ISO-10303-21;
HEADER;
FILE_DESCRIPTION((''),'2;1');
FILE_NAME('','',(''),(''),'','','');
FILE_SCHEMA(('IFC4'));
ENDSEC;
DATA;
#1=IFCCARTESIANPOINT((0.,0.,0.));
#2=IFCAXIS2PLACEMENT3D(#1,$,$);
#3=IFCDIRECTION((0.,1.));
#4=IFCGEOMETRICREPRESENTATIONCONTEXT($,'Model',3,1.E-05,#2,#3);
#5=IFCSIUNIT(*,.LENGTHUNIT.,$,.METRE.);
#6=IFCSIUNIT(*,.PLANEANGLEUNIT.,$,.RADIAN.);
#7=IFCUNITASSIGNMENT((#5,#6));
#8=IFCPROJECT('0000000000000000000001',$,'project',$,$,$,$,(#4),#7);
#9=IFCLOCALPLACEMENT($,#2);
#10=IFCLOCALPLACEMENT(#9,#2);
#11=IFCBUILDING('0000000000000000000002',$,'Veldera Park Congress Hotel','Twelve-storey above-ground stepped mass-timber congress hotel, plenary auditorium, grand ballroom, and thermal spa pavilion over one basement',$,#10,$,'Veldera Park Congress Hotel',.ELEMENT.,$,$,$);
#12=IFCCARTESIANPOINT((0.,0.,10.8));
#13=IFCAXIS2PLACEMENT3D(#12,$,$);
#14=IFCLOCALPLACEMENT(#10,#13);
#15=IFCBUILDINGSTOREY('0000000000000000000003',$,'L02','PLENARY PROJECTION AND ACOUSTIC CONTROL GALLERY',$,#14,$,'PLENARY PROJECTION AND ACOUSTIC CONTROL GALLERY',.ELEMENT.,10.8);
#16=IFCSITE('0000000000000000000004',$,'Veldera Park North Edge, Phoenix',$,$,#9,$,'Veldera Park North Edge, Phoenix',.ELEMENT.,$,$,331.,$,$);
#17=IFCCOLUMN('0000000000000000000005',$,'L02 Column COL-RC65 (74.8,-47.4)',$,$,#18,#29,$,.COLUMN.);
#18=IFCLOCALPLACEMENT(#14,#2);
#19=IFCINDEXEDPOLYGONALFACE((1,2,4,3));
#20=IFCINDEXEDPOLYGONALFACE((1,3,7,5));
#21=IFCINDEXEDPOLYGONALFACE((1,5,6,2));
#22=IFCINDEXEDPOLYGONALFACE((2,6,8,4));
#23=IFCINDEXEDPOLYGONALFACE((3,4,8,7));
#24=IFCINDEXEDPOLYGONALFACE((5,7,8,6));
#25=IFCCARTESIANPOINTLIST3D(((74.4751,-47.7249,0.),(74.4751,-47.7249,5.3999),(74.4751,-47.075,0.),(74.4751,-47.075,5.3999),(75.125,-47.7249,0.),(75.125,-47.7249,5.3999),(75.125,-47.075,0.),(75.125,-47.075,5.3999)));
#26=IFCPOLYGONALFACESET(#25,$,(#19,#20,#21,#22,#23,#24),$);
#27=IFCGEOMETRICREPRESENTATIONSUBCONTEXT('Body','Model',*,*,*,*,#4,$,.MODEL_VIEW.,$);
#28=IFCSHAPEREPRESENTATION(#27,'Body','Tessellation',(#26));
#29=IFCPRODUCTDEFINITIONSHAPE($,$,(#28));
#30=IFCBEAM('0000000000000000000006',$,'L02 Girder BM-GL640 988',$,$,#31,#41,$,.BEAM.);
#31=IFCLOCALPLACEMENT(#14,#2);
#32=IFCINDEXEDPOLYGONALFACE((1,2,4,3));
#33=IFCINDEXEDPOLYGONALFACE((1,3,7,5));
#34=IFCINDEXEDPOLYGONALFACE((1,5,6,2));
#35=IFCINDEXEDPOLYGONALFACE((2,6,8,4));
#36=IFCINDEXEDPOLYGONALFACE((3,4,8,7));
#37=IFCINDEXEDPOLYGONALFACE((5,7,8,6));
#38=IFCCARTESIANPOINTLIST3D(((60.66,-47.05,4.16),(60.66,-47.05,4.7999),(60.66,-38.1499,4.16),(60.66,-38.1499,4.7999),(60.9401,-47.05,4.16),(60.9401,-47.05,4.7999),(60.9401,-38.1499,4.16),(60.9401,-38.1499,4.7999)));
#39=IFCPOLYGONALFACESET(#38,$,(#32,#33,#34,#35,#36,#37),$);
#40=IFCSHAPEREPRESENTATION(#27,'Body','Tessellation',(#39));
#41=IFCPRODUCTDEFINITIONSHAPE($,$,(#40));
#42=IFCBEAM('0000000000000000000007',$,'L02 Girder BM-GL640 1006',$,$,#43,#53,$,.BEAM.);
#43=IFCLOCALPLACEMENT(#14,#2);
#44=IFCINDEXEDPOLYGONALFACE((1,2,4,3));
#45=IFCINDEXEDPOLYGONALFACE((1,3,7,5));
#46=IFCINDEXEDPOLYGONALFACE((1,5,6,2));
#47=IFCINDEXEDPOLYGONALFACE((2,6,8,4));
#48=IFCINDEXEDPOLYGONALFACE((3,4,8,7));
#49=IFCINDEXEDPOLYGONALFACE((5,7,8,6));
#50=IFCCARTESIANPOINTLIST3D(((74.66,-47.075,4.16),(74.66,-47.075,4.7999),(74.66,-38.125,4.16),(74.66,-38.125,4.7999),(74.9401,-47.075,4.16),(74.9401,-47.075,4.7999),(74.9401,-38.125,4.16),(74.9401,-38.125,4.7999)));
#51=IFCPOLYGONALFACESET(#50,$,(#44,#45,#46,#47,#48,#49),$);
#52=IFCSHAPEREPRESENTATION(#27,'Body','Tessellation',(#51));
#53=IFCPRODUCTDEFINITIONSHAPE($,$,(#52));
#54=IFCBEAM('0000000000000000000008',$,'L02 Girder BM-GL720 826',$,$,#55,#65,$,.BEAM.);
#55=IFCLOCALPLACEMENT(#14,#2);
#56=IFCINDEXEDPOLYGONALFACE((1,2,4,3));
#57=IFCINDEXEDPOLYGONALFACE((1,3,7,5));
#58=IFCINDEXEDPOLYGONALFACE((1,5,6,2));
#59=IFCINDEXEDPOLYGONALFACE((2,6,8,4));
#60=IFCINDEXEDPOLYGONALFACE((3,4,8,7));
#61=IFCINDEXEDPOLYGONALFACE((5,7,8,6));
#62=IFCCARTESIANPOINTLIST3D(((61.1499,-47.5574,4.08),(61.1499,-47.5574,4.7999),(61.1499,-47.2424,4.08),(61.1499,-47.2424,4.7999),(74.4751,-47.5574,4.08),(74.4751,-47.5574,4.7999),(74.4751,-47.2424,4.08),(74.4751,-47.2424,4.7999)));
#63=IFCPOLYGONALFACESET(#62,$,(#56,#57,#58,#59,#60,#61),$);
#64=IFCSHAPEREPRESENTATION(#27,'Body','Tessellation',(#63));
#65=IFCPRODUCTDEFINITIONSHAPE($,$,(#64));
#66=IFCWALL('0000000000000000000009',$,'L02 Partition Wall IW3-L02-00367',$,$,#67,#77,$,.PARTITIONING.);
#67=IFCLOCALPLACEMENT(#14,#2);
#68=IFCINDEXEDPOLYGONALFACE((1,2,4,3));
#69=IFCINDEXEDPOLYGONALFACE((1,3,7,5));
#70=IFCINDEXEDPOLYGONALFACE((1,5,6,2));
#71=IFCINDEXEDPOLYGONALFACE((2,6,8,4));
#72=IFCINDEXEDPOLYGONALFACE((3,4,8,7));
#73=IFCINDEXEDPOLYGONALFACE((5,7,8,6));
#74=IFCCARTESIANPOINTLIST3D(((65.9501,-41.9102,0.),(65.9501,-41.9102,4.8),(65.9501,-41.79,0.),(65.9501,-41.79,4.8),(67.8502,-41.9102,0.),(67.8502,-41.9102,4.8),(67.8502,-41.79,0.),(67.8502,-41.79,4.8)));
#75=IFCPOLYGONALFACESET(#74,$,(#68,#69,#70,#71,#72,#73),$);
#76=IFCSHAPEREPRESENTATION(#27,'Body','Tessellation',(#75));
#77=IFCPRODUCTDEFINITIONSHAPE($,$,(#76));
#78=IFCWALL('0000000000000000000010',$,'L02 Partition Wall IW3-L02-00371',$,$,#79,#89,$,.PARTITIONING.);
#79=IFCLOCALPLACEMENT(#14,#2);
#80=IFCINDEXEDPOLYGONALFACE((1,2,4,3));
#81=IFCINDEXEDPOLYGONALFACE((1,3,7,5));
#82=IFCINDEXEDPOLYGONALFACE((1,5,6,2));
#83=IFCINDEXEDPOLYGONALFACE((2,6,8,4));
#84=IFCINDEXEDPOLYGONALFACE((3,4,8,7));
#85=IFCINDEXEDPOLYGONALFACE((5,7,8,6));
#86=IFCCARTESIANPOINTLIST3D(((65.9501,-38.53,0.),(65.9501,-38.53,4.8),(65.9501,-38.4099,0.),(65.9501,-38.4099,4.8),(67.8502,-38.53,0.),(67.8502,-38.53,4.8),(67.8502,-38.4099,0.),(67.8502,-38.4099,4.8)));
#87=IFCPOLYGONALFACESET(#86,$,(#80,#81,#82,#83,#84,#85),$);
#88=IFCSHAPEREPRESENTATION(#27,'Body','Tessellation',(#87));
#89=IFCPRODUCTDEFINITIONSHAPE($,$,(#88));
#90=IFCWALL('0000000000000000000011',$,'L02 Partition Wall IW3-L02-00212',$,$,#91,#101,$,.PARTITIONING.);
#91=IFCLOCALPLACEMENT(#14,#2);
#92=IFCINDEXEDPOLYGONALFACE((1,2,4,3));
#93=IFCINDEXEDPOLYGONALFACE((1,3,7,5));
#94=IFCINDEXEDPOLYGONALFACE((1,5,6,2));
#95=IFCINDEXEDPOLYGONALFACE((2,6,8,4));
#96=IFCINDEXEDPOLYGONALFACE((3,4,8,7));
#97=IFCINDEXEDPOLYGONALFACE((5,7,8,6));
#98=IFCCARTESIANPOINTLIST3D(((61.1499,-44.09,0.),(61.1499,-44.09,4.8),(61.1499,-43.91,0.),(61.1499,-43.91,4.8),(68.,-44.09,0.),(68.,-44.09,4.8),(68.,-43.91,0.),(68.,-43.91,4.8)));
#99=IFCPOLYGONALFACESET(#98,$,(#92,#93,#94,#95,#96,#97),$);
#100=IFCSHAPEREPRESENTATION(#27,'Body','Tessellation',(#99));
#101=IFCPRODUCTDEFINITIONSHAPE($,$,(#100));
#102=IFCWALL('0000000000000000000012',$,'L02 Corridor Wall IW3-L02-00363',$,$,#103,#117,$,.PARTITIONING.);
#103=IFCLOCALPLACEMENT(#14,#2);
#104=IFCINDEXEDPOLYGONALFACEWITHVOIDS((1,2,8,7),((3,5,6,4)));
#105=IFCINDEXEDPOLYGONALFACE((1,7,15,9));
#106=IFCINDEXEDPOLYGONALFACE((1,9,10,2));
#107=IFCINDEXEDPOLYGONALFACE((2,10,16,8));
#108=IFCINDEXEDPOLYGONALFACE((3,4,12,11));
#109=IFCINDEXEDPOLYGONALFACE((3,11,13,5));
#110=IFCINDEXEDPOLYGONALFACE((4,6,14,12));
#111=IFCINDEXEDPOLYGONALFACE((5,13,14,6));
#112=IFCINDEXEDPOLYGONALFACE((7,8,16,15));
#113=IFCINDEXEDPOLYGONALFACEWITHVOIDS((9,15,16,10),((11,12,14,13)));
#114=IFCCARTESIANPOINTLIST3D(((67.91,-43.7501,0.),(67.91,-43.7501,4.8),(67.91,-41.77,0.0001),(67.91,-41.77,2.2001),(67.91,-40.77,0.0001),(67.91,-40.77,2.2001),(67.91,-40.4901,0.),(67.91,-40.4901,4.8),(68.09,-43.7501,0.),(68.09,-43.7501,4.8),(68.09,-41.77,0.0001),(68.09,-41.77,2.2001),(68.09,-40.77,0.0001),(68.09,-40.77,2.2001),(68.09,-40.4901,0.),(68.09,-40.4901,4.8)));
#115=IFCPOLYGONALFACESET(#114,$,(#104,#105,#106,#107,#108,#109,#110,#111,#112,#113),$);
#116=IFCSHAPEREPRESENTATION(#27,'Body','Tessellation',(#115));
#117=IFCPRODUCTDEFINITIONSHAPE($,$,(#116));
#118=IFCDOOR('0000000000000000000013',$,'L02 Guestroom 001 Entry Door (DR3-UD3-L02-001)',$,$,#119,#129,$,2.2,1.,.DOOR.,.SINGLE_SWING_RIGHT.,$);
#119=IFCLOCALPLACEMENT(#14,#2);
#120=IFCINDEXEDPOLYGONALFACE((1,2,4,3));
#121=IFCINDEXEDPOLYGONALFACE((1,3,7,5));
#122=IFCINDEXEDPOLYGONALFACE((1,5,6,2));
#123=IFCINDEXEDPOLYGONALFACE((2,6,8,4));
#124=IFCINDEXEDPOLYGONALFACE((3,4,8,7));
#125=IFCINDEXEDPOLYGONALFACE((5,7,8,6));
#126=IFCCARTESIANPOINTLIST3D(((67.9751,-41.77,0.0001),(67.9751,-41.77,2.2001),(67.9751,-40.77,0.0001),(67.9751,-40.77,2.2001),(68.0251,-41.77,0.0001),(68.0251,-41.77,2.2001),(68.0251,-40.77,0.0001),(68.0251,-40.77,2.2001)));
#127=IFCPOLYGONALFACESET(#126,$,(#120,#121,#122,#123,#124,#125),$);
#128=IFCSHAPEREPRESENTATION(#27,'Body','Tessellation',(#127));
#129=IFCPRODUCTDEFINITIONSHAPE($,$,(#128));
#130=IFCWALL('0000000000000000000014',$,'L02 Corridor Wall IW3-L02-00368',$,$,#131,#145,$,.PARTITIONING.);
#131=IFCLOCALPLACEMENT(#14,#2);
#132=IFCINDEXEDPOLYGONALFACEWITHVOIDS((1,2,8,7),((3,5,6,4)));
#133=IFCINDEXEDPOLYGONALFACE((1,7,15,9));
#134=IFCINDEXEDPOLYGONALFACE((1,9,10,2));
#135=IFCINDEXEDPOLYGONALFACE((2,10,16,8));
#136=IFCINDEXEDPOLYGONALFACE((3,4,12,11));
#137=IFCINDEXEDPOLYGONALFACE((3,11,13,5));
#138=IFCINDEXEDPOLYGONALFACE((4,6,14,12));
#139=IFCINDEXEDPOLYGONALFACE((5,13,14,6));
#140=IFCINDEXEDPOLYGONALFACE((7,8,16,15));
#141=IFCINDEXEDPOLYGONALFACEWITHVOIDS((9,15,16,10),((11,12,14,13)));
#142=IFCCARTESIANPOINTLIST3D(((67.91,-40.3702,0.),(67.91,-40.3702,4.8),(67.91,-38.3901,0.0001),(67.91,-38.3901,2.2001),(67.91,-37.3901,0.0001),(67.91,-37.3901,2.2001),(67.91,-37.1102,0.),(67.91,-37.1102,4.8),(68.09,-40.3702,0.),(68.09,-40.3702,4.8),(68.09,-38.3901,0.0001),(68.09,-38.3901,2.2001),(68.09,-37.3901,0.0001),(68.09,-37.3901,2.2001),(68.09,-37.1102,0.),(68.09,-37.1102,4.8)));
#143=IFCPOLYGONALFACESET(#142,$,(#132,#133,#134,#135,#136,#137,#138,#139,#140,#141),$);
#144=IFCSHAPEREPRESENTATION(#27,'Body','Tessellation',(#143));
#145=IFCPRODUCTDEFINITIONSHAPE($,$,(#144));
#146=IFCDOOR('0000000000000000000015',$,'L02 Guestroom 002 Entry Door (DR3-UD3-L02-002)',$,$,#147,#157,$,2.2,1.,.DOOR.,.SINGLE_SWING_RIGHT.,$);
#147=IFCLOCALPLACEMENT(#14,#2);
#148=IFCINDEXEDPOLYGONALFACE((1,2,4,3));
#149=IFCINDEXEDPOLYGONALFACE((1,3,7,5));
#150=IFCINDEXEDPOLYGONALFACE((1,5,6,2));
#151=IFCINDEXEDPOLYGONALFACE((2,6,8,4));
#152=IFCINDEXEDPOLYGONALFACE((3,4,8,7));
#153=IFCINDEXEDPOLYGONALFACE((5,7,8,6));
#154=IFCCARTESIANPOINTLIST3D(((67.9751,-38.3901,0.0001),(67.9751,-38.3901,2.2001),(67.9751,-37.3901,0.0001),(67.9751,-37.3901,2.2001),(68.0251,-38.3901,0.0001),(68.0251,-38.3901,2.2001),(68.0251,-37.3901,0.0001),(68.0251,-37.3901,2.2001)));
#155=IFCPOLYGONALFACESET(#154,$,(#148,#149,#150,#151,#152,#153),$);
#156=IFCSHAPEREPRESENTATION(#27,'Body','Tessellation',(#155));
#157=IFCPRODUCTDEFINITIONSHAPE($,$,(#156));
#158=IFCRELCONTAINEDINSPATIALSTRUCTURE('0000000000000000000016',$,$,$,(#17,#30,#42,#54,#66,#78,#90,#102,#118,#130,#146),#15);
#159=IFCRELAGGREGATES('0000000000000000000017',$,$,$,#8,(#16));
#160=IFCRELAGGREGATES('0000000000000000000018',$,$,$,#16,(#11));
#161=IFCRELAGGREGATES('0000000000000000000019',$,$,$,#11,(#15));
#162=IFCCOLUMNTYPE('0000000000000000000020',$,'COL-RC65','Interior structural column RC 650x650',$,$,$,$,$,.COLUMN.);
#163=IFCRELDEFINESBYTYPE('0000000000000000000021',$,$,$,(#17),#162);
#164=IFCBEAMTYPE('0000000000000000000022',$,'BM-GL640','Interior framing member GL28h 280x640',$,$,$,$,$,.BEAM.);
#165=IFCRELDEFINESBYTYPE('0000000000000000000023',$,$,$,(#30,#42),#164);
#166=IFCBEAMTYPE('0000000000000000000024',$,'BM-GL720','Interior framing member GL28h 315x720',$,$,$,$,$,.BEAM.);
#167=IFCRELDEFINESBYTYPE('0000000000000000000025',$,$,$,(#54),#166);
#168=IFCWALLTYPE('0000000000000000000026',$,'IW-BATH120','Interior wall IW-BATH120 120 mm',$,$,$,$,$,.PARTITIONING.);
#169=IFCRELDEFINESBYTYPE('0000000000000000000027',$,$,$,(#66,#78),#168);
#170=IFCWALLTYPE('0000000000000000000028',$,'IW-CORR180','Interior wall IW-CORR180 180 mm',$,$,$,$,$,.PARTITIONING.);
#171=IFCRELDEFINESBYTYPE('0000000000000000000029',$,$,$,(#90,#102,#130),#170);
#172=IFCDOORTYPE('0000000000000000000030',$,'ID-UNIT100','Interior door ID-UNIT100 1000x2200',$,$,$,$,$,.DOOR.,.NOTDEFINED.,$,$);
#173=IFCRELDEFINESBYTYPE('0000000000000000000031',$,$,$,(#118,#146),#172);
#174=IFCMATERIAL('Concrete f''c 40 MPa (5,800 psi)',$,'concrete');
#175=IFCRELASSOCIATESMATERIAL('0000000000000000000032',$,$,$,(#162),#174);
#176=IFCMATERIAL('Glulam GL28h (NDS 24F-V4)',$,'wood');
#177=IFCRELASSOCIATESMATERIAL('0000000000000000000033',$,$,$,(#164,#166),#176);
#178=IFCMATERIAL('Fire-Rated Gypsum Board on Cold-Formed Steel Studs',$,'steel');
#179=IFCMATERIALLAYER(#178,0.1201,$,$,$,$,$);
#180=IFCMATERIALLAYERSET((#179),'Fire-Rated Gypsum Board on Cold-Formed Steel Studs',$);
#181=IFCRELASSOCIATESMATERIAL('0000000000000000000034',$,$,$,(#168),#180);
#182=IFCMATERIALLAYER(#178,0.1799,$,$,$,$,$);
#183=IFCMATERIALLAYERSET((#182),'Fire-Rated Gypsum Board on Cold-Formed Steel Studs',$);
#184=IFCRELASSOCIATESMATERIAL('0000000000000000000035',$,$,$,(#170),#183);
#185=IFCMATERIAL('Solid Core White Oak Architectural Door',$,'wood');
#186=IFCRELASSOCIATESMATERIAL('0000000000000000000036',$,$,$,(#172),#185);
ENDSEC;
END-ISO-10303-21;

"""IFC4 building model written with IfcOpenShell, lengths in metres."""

from ifc_helpers import new_model, si_unit, direction, frame, frame_2d, origin, origin_2d, place, context, subcontext, project, spatial, rectangle, extrude, material, layer, layer_set, material_profile, profile_set, type_object, element, fill, save


model = new_model("IFC4")

# Units and contexts
model_context = context("Model", 3, precision=1e-05, world=origin(), true_north=direction((0.0, 1.0)))
body_context = subcontext(model_context, "Body", "Model", "MODEL_VIEW")
ifc_project = project(units=[si_unit("LENGTHUNIT", "METRE"), si_unit("PLANEANGLEUNIT", "RADIAN")], contexts=[model_context])

# Site, building, storey
site_placement = place(None, origin())
site = spatial("IfcSite", under=ifc_project, at=site_placement, Name="Veldera Park North Edge, Phoenix", LongName="Veldera Park North Edge, Phoenix", CompositionType="ELEMENT", RefElevation=331.0)
building_placement = place(site_placement, origin())
building = spatial("IfcBuilding", under=site, at=building_placement, Name="Veldera Park Congress Hotel", Description="Twelve-storey above-ground stepped mass-timber congress hotel, plenary auditorium, grand ballroom, and thermal spa pavilion over one basement", LongName="Veldera Park Congress Hotel", CompositionType="ELEMENT")
storey_placement = place(building_placement, frame((0.0, 0.0, 10.8)))
storey = spatial("IfcBuildingStorey", under=building, at=storey_placement, Name="L02", Description="PLENARY PROJECTION AND ACOUSTIC CONTROL GALLERY", LongName="PLENARY PROJECTION AND ACOUSTIC CONTROL GALLERY", CompositionType="ELEMENT", Elevation=10.8)

# Column
ifc_material_1 = material(Name="Concrete f'c 40 MPa (5,800 psi)", Category="concrete")
ifc_material_profile_1 = material_profile(ifc_material_1, rectangle(XDim=0.6499, YDim=0.6499, at=origin_2d()), Name="RC 650x650")
ifc_profile_set_1 = profile_set([ifc_material_profile_1], Name="Concrete f'c 40 MPa (5,800 psi)")
column_type = type_object("IfcColumnType", Name="COL-RC65", Description="Interior structural column RC 650x650", PredefinedType="COLUMN", material=ifc_profile_set_1)
column_placement = place(storey_placement, frame((74.8, -47.3999, 0.0), z_axis=(0.0, 0.0, 1.0), x_axis=(1.0, 0.0, 0.0)))
element("IfcColumn", 1, at=column_placement, inside=storey, type_object=column_type, Name="L02 Column COL-RC65 (74.8,-47.4)", PredefinedType="COLUMN", context=body_context, shape_type="SweptSolid", body=[
    extrude(rectangle(XDim=0.6499, YDim=0.6499, at=origin_2d()), origin(), (0.0, 0.0, 1.0), 5.3999),
])

# Beams
ifc_material_2 = material(Name="Glulam GL28h (NDS 24F-V4)", Category="wood")
ifc_material_profile_2 = material_profile(ifc_material_2, rectangle(XDim=0.28, YDim=0.6399, at=origin_2d()), Name="GL28h 280x640")
ifc_profile_set_2 = profile_set([ifc_material_profile_2], Name="Glulam GL28h (NDS 24F-V4)")
beam_type_1 = type_object("IfcBeamType", Name="BM-GL640", Description="Interior framing member GL28h 280x640", PredefinedType="BEAM", material=ifc_profile_set_2)
beam_1_placement = place(storey_placement, frame((60.8, -47.05, 4.48), z_axis=(0.0, 1.0, 0.0), x_axis=(-1.0, 0.0, 0.0)))
element("IfcBeam", 2, at=beam_1_placement, inside=storey, type_object=beam_type_1, Name="L02 Girder BM-GL640 988", PredefinedType="BEAM", context=body_context, shape_type="SweptSolid", body=[
    extrude(rectangle(XDim=0.28, YDim=0.6399, at=origin_2d()), origin(), (0.0, 0.0, 1.0), 8.9001),
])
beam_2_placement = place(storey_placement, frame((74.8, -47.075, 4.48), z_axis=(0.0, 1.0, 0.0), x_axis=(-1.0, 0.0, 0.0)))
element("IfcBeam", 3, at=beam_2_placement, inside=storey, type_object=beam_type_1, Name="L02 Girder BM-GL640 1006", PredefinedType="BEAM", context=body_context, shape_type="SweptSolid", body=[
    extrude(rectangle(XDim=0.28, YDim=0.6399, at=origin_2d()), origin(), (0.0, 0.0, 1.0), 8.95),
])
ifc_material_profile_3 = material_profile(ifc_material_2, rectangle(XDim=0.3149, YDim=0.72, at=origin_2d()), Name="GL28h 315x720")
ifc_profile_set_3 = profile_set([ifc_material_profile_3], Name="Glulam GL28h (NDS 24F-V4)")
beam_type_2 = type_object("IfcBeamType", Name="BM-GL720", Description="Interior framing member GL28h 315x720", PredefinedType="BEAM", material=ifc_profile_set_3)
beam_3_placement = place(storey_placement, frame((61.1499, -47.3999, 4.4399), z_axis=(1.0, 0.0, 0.0), x_axis=(0.0, 1.0, 0.0)))
element("IfcBeam", 4, at=beam_3_placement, inside=storey, type_object=beam_type_2, Name="L02 Girder BM-GL720 826", PredefinedType="BEAM", context=body_context, shape_type="SweptSolid", body=[
    extrude(rectangle(XDim=0.3149, YDim=0.72, at=origin_2d()), origin(), (0.0, 0.0, 1.0), 13.3252),
])

# Shared definitions
ifc_material_3 = material(Name="Fire-Rated Gypsum Board on Cold-Formed Steel Studs", Category="steel")
ifc_layer_1 = layer(ifc_material_3, 0.1201)
ifc_layer_set_1 = layer_set([ifc_layer_1], Name="Fire-Rated Gypsum Board on Cold-Formed Steel Studs")
wall_type_1 = type_object("IfcWallType", Name="IW-BATH120", Description="Interior wall IW-BATH120 120 mm", PredefinedType="PARTITIONING", material=ifc_layer_set_1)
ifc_material_4 = material(Name="Solid Core White Oak Architectural Door", Category="wood")

# Wall
wall_1_placement = place(storey_placement, frame((65.95, -41.8501, 0.0), z_axis=(0.0, 0.0, 1.0), x_axis=(1.0, 0.0, 0.0)))
element("IfcWall", 5, at=wall_1_placement, inside=storey, type_object=wall_type_1, Name="L02 Partition Wall IW3-L02-00367", PredefinedType="PARTITIONING", context=body_context, shape_type="SweptSolid", body=[
    extrude(rectangle(XDim=1.9001, YDim=0.1201, at=frame_2d((0.9502, 0.0))), origin(), (0.0, 0.0, 1.0), 4.8),
])

# Walls
wall_2_placement = place(storey_placement, frame((65.95, -38.47, 0.0), z_axis=(0.0, 0.0, 1.0), x_axis=(1.0, 0.0, 0.0)))
element("IfcWall", 6, at=wall_2_placement, inside=storey, type_object=wall_type_1, Name="L02 Partition Wall IW3-L02-00371", PredefinedType="PARTITIONING", context=body_context, shape_type="SweptSolid", body=[
    extrude(rectangle(XDim=1.9001, YDim=0.1201, at=frame_2d((0.9502, 0.0))), origin(), (0.0, 0.0, 1.0), 4.8),
])
ifc_layer_2 = layer(ifc_material_3, 0.1799)
ifc_layer_set_2 = layer_set([ifc_layer_2], Name="Fire-Rated Gypsum Board on Cold-Formed Steel Studs")
wall_type_2 = type_object("IfcWallType", Name="IW-CORR180", Description="Interior wall IW-CORR180 180 mm", PredefinedType="PARTITIONING", material=ifc_layer_set_2)
wall_3_placement = place(storey_placement, frame((68.0, -44.0, 0.0), z_axis=(0.0, 0.0, 1.0), x_axis=(-1.0, 0.0, 0.0)))
element("IfcWall", 7, at=wall_3_placement, inside=storey, type_object=wall_type_2, Name="L02 Partition Wall IW3-L02-00212", PredefinedType="PARTITIONING", context=body_context, shape_type="SweptSolid", body=[
    extrude(rectangle(XDim=6.8501, YDim=0.1799, at=frame_2d((3.425, 0.0))), origin(), (0.0, 0.0, 1.0), 4.8),
])

# Walls, openings, doors
wall_4_placement = place(storey_placement, frame((68.0, -43.75, 0.0), z_axis=(0.0, 0.0, 1.0), x_axis=(0.0, 1.0, 0.0)))
wall_4 = element("IfcWall", 8, at=wall_4_placement, inside=storey, type_object=wall_type_2, Name="L02 Corridor Wall IW3-L02-00363", PredefinedType="PARTITIONING", context=body_context, shape_type="SweptSolid", body=[
    extrude(rectangle(XDim=3.26, YDim=0.1799, at=frame_2d((1.6299, 0.0))), origin(), (0.0, 0.0, 1.0), 4.8),
])
opening_1_placement = place(wall_4_placement, frame((1.98, 0.0, 0.0)))
opening_1 = element("IfcOpeningElement", 9, at=opening_1_placement, cuts=wall_4, PredefinedType="OPENING", context=body_context, shape_type="SweptSolid", body=[
    extrude(rectangle(XDim=1.0, YDim=2.2, at=frame_2d((0.5, 1.1001))), frame((0.0, 0.1021, 0.0), z_axis=(0.0, -1.0, 0.0), x_axis=(1.0, 0.0, 0.0)), (0.0, 0.0, 1.0), 0.2039),
])
door_type_1 = type_object("IfcDoorType", Name="ID-UNIT100", Description="Interior door ID-UNIT100 1000x2200", OperationType="NOTDEFINED", PredefinedType="DOOR", material=ifc_material_4)
door_1_placement = place(opening_1_placement, origin())
door_1 = element("IfcDoor", 10, at=door_1_placement, inside=storey, type_object=door_type_1, Name="L02 Guestroom 001 Entry Door (DR3-UD3-L02-001)", OperationType="SINGLE_SWING_RIGHT", OverallHeight=2.2, OverallWidth=1.0, PredefinedType="DOOR", context=body_context, shape_type="SweptSolid", body=[
    extrude(rectangle(XDim=1.0, YDim=2.2, at=frame_2d((0.5, 1.1001))), frame((0.0, 0.0249, 0.0), z_axis=(0.0, -1.0, 0.0), x_axis=(1.0, 0.0, 0.0)), (0.0, 0.0, 1.0), 0.05),
])
fill(opening_1, door_1)
wall_5_placement = place(storey_placement, frame((68.0, -40.3701, 0.0), z_axis=(0.0, 0.0, 1.0), x_axis=(0.0, 1.0, 0.0)))
wall_5 = element("IfcWall", 11, at=wall_5_placement, inside=storey, type_object=wall_type_2, Name="L02 Corridor Wall IW3-L02-00368", PredefinedType="PARTITIONING", context=body_context, shape_type="SweptSolid", body=[
    extrude(rectangle(XDim=3.26, YDim=0.1799, at=frame_2d((1.6299, 0.0))), origin(), (0.0, 0.0, 1.0), 4.8),
])
opening_2_placement = place(wall_5_placement, frame((1.98, 0.0, 0.0)))
opening_2 = element("IfcOpeningElement", 12, at=opening_2_placement, cuts=wall_5, PredefinedType="OPENING", context=body_context, shape_type="SweptSolid", body=[
    extrude(rectangle(XDim=1.0, YDim=2.2, at=frame_2d((0.5, 1.1001))), frame((0.0, 0.1021, 0.0), z_axis=(0.0, -1.0, 0.0), x_axis=(1.0, 0.0, 0.0)), (0.0, 0.0, 1.0), 0.2039),
])
door_2_placement = place(opening_2_placement, origin())
door_2 = element("IfcDoor", 13, at=door_2_placement, inside=storey, type_object=door_type_1, Name="L02 Guestroom 002 Entry Door (DR3-UD3-L02-002)", OperationType="SINGLE_SWING_RIGHT", OverallHeight=2.2, OverallWidth=1.0, PredefinedType="DOOR", context=body_context, shape_type="SweptSolid", body=[
    extrude(rectangle(XDim=1.0, YDim=2.2, at=frame_2d((0.5, 1.1001))), frame((0.0, 0.0249, 0.0), z_axis=(0.0, -1.0, 0.0), x_axis=(1.0, 0.0, 0.0)), (0.0, 0.0, 1.0), 0.05),
])
fill(opening_2, door_2)

save(model, "model.ifc")
